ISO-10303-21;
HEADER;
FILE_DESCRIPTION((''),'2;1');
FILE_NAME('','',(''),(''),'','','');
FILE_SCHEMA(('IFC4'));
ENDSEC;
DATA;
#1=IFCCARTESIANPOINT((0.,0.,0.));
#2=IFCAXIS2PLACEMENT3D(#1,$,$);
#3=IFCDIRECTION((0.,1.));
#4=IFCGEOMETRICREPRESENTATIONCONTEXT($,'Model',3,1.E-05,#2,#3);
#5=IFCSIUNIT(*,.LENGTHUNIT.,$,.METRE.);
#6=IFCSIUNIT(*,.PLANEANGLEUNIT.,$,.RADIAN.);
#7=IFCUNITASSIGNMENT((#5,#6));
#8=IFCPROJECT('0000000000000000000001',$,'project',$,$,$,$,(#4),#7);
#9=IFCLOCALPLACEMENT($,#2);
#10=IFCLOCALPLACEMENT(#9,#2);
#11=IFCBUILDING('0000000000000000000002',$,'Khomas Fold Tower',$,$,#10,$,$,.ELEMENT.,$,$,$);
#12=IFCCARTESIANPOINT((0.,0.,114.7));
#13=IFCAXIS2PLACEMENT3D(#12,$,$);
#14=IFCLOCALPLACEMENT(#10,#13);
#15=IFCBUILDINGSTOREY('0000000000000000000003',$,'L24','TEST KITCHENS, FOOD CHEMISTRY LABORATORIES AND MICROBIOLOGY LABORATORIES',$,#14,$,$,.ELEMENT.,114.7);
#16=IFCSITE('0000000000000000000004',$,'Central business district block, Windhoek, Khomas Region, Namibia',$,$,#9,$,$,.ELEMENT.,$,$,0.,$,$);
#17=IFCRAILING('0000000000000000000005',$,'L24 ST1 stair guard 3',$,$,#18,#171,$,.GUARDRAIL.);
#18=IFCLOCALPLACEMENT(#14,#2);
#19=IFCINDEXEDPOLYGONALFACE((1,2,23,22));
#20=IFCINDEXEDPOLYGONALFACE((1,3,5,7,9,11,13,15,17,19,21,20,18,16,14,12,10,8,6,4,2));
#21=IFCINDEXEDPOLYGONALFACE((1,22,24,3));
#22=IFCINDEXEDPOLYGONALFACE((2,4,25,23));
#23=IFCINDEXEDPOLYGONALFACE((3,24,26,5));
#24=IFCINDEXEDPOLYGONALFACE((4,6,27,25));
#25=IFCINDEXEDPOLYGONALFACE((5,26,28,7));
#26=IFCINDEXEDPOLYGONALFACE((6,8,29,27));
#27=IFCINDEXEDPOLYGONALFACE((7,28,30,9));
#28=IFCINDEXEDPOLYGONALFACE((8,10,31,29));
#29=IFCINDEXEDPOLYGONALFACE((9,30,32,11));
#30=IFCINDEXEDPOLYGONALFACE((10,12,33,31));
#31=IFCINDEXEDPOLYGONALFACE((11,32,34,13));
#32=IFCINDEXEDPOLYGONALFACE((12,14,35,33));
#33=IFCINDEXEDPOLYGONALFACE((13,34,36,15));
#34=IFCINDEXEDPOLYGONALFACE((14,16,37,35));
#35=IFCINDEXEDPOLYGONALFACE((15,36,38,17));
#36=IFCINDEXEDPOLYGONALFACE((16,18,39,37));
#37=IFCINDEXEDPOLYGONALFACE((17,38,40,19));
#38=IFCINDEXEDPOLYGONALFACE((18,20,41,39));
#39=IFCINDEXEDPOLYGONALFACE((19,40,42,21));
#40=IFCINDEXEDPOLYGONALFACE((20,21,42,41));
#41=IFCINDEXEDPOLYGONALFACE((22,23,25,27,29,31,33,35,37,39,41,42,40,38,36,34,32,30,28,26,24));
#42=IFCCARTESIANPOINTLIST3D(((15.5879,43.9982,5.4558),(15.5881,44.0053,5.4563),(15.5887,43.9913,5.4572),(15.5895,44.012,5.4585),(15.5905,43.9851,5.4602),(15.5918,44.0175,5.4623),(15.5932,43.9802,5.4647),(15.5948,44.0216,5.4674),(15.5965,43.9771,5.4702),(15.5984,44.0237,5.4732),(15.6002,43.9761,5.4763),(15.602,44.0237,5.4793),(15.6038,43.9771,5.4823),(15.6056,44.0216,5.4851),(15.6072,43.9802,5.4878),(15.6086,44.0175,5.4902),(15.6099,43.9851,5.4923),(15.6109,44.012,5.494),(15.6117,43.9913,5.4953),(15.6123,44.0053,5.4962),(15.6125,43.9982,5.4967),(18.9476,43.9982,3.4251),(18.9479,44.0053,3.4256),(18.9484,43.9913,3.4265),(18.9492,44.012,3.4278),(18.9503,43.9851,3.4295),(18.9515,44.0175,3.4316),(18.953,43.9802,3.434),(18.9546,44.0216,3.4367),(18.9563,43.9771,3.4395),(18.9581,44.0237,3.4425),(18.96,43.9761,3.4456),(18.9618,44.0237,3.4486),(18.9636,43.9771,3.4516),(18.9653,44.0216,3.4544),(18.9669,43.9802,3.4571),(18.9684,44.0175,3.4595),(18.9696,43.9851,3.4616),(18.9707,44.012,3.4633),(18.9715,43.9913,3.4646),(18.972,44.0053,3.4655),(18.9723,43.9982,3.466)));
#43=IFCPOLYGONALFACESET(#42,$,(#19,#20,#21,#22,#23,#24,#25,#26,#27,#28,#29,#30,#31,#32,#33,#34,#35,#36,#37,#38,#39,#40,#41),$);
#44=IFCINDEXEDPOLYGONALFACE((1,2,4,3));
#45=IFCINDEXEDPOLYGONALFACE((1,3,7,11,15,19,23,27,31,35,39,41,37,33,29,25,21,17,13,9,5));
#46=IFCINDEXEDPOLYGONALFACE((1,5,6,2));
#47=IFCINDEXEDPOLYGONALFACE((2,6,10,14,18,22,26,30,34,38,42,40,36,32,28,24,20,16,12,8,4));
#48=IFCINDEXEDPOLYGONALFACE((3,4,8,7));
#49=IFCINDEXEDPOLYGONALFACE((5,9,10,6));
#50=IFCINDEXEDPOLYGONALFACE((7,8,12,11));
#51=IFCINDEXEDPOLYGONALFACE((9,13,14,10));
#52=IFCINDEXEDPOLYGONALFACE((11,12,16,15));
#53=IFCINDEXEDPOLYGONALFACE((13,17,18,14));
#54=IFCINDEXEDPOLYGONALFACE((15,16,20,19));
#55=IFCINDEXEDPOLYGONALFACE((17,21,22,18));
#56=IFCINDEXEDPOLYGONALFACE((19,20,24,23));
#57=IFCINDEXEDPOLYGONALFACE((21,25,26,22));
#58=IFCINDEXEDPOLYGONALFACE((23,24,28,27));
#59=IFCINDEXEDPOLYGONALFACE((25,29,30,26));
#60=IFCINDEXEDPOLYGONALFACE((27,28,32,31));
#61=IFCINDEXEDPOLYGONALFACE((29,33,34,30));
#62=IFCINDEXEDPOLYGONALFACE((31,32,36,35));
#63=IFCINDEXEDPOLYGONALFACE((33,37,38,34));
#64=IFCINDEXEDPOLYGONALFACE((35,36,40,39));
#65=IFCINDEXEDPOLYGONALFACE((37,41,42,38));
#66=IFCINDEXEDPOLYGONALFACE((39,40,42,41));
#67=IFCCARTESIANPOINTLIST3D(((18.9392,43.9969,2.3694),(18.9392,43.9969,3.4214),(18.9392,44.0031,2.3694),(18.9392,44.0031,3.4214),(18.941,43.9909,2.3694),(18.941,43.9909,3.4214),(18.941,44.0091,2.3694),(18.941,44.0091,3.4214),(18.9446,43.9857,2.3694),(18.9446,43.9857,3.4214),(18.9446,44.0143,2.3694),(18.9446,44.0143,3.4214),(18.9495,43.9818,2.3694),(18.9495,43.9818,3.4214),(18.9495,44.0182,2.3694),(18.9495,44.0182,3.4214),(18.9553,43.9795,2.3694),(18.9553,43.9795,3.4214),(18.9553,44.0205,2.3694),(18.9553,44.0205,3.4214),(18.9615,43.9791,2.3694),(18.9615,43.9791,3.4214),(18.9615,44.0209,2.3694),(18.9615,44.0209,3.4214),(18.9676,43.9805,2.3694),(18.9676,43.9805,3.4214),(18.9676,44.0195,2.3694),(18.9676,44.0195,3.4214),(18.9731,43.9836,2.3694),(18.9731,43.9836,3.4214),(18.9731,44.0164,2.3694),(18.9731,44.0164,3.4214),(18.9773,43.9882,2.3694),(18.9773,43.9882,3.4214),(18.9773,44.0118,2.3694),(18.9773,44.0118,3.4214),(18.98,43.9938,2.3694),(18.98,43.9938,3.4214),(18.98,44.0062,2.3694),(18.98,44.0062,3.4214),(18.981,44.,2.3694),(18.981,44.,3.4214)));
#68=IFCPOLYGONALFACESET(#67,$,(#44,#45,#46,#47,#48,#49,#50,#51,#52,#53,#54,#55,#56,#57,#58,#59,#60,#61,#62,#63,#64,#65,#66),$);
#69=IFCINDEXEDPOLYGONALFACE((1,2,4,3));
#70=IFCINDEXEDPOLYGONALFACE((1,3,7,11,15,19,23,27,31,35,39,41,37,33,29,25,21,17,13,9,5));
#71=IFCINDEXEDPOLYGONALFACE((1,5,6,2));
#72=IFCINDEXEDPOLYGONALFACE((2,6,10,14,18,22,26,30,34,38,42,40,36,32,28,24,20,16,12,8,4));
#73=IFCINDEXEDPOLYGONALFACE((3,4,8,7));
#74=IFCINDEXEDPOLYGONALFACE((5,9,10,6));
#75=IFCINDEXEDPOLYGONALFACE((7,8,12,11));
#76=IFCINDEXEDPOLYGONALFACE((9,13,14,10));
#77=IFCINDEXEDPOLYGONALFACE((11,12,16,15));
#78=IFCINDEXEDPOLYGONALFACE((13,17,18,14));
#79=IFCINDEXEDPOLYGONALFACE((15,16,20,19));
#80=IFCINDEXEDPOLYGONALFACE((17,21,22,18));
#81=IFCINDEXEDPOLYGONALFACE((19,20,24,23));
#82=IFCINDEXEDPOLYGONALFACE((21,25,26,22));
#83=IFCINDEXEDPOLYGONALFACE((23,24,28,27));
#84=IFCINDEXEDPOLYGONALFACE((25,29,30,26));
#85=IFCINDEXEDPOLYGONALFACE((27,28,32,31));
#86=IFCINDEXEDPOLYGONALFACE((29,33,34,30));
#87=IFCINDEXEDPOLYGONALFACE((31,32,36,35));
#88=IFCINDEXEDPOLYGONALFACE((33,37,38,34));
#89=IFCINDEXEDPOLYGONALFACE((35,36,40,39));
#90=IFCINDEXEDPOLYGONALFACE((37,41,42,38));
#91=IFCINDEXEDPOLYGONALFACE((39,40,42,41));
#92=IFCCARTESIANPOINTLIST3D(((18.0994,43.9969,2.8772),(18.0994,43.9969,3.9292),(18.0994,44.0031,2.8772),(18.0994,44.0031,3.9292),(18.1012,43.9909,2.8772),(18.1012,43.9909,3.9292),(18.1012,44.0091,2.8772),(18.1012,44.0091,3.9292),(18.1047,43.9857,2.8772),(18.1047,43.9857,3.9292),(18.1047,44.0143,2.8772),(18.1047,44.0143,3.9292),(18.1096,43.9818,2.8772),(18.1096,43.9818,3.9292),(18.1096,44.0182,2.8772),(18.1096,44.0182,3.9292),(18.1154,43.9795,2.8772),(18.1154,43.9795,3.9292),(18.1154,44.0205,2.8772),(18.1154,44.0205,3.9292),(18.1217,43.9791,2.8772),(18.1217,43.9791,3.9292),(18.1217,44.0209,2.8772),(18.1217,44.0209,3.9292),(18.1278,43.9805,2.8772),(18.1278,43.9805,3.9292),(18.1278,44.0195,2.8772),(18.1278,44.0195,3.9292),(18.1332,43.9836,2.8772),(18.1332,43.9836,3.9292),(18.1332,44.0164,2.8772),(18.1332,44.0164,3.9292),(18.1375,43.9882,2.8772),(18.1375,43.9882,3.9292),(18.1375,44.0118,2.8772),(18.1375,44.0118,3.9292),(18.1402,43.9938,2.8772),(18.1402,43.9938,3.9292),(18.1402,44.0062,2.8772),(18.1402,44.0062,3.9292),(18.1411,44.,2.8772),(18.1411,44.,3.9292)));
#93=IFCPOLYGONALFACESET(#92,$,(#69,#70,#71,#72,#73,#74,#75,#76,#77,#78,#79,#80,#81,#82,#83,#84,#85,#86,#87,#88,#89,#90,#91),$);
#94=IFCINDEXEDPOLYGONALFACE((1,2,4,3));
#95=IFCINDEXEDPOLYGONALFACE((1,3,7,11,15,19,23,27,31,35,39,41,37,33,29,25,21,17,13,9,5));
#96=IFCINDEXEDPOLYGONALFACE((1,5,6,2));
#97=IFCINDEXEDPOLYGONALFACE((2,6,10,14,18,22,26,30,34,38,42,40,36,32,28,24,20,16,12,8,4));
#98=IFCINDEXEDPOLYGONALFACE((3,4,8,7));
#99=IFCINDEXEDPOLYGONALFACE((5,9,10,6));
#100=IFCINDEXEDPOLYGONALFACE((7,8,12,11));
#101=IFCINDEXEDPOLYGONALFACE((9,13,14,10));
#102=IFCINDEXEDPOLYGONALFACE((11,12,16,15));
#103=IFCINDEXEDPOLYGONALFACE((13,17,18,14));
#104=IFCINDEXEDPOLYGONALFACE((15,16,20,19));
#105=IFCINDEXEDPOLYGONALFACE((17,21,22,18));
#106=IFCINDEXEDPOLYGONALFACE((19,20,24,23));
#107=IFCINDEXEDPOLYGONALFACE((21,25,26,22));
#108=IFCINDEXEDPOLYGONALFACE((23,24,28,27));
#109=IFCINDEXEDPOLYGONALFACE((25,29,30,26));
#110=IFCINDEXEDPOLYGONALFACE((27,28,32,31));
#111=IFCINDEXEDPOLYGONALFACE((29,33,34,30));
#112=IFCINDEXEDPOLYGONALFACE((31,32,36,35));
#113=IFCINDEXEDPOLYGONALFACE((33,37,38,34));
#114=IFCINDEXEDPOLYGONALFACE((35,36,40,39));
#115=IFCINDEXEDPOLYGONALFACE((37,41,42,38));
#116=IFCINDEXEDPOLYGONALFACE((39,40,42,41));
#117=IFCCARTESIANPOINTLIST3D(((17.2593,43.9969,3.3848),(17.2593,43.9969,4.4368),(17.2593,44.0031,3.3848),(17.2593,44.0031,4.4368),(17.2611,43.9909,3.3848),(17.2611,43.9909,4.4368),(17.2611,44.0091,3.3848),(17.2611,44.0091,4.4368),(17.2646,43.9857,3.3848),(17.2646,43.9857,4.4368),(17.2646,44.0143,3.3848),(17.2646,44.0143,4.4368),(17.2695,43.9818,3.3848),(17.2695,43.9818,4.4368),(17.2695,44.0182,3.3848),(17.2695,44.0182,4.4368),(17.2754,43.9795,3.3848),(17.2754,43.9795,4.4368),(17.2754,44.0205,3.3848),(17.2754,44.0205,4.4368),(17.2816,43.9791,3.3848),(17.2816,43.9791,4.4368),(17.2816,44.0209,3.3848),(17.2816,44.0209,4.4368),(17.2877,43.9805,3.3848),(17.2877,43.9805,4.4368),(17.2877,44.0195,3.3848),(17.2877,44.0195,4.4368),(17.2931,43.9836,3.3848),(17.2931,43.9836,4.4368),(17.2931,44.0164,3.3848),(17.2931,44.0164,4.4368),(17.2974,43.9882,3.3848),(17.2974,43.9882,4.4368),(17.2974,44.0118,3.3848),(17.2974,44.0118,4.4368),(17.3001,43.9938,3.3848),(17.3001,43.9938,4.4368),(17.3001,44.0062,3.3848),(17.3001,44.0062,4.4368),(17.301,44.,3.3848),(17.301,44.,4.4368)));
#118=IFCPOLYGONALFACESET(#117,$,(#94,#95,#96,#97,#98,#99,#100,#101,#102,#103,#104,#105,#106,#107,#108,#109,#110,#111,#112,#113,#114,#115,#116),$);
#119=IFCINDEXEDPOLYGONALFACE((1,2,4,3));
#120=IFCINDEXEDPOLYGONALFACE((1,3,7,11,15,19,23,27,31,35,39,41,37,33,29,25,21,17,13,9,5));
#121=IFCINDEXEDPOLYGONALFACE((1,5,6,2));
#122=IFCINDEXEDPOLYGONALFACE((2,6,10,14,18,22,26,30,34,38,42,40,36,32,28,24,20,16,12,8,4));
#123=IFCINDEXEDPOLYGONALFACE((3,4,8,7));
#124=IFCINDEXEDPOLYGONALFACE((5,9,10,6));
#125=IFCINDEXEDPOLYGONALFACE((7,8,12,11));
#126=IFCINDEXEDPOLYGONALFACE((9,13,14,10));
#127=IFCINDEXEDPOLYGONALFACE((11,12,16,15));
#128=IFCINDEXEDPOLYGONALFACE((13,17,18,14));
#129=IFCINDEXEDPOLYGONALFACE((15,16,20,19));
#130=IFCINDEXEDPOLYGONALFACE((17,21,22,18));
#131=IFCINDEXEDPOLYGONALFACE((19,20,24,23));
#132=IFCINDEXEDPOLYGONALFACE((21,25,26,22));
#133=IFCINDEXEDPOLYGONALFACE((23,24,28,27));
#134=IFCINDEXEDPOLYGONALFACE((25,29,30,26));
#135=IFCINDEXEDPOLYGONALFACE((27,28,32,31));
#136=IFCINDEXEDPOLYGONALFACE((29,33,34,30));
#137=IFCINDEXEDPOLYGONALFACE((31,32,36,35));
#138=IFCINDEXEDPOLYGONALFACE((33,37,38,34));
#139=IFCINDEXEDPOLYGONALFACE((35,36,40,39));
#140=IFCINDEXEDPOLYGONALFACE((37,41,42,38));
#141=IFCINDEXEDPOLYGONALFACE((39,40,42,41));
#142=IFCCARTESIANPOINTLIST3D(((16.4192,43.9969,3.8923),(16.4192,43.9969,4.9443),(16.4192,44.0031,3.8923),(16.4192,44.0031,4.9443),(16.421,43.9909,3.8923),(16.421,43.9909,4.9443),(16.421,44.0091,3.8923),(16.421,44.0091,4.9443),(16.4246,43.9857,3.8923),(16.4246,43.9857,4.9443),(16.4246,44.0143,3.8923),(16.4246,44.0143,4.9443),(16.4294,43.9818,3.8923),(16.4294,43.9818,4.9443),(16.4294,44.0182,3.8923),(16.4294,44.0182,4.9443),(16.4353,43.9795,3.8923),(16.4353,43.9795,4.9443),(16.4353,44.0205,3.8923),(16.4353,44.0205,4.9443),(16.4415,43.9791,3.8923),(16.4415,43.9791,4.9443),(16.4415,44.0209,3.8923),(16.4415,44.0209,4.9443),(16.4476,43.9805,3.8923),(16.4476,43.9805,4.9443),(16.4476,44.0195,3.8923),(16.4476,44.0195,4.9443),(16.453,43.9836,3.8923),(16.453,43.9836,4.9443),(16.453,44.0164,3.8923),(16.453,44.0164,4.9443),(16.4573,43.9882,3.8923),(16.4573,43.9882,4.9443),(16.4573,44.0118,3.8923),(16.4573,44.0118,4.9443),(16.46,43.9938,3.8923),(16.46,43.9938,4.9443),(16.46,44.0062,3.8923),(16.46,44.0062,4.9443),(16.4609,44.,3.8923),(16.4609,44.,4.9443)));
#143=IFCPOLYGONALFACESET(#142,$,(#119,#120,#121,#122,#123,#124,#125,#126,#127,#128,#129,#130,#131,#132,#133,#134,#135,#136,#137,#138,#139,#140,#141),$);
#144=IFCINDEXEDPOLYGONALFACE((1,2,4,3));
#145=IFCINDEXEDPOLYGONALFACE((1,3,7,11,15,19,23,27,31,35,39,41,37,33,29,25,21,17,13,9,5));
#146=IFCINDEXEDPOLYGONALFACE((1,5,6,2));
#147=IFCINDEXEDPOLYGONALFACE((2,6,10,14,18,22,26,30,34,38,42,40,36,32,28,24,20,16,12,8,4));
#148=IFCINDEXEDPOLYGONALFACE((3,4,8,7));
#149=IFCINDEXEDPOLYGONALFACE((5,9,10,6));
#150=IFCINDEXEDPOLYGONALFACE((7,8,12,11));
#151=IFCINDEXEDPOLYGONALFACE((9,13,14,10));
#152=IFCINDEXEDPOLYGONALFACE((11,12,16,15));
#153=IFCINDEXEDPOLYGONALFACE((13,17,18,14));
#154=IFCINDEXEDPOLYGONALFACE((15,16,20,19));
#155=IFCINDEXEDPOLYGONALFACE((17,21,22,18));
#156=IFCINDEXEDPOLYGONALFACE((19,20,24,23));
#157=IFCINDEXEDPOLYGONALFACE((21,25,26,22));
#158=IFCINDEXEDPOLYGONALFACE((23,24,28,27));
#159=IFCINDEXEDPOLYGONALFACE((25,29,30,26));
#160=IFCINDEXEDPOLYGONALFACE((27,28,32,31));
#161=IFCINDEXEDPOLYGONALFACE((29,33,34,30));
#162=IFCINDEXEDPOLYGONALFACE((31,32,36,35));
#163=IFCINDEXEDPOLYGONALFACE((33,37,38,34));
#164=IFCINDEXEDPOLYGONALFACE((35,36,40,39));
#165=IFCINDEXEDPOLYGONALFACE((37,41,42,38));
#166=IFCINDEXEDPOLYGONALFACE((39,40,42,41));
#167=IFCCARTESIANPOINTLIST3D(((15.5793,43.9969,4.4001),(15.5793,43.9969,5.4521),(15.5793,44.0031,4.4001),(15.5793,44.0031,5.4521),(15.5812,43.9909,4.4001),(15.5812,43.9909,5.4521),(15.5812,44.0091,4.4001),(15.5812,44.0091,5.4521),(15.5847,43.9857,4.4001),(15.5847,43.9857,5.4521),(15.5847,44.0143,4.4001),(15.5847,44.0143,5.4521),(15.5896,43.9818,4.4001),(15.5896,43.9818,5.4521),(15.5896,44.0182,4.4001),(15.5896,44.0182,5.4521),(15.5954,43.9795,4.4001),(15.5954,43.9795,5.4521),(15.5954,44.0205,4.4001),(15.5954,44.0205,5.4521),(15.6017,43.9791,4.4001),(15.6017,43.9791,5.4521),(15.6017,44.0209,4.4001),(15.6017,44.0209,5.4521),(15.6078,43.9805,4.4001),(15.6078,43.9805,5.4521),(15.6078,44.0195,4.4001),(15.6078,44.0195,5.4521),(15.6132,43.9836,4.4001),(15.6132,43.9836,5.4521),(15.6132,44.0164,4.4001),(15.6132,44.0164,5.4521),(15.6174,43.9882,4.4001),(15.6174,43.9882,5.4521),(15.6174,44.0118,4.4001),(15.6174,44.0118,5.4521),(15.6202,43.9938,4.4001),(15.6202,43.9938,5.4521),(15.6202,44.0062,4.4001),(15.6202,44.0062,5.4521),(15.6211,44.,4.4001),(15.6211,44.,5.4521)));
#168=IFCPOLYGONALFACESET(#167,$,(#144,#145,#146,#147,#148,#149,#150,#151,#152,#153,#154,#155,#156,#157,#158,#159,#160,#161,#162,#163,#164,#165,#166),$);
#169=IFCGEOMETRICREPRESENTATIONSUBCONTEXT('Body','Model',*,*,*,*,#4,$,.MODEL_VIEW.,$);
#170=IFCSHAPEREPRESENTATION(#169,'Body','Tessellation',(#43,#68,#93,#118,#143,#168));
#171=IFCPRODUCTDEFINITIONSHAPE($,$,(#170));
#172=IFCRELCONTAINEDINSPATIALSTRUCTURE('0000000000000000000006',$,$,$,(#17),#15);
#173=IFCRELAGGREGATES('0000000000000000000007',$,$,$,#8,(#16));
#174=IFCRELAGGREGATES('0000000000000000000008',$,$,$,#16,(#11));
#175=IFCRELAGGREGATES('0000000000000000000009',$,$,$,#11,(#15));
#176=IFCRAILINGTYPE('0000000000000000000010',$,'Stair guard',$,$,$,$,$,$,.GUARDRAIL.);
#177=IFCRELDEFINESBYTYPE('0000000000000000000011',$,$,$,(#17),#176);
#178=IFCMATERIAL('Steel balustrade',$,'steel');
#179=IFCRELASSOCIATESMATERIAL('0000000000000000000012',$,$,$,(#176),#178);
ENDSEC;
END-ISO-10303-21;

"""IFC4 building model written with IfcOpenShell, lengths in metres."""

from ifc_helpers import new_model, si_unit, direction, frame, origin, origin_2d, place, context, subcontext, project, spatial, circle, extrude, source, transform, mapped, material, type_object, element, save


model = new_model("IFC4")

# Units and contexts
model_context = context("Model", 3, precision=1e-05, world=origin(), true_north=direction((0.0, 1.0)))
body_context = subcontext(model_context, "Body", "Model", "MODEL_VIEW")
ifc_project = project(units=[si_unit("LENGTHUNIT", "METRE"), si_unit("PLANEANGLEUNIT", "RADIAN")], contexts=[model_context])

# Site, building, storey
site_placement = place(None, origin())
site = spatial("IfcSite", under=ifc_project, at=site_placement, Name="Central business district block, Windhoek, Khomas Region, Namibia", CompositionType="ELEMENT", RefElevation=0.0)
building_placement = place(site_placement, origin())
building = spatial("IfcBuilding", under=site, at=building_placement, Name="Khomas Fold Tower", CompositionType="ELEMENT")
storey_placement = place(building_placement, frame((0.0, 0.0, 114.7)))
storey = spatial("IfcBuildingStorey", under=building, at=storey_placement, Name="L24", Description="TEST KITCHENS, FOOD CHEMISTRY LABORATORIES AND MICROBIOLOGY LABORATORIES", CompositionType="ELEMENT", Elevation=114.7)

# Railing
ifc_material_1 = material(Name="Steel balustrade", Category="steel")
railing_type_1 = type_object("IfcRailingType", Name="Stair guard", PredefinedType="GUARDRAIL", material=ifc_material_1)
shared_shape_1 = source(origin(), body_context, "Body", "SweptSolid", [
    extrude(circle(Radius=0.0239, at=origin_2d()), frame((0.0, 0.0, 1.0762), z_axis=(-0.85582, 0.0, 0.517273), x_axis=(0.0, -1.0, 0.0)), (0.0, 0.0, 1.0), 3.9258),
    extrude(circle(Radius=0.021, at=origin_2d()), origin(), (0.0, 0.0, 1.0), 1.052),
    extrude(circle(Radius=0.021, at=origin_2d()), frame((-0.8398, 0.0, 0.5078)), (0.0, 0.0, 1.0), 1.052),
    extrude(circle(Radius=0.021, at=origin_2d()), frame((-1.6799, 0.0, 1.0154)), (0.0, 0.0, 1.0), 1.052),
    extrude(circle(Radius=0.021, at=origin_2d()), frame((-2.52, 0.0, 1.5229)), (0.0, 0.0, 1.0), 1.052),
    extrude(circle(Radius=0.021, at=origin_2d()), frame((-3.3599, 0.0, 2.0308)), (0.0, 0.0, 1.0), 1.052),
])
railing_1_placement = place(storey_placement, frame((18.96, 44.0, 2.3694)))
element("IfcRailing", 1, at=railing_1_placement, inside=storey, type_object=railing_type_1, Name="L24 ST1 stair guard 3", PredefinedType="GUARDRAIL", context=body_context, shape_type="MappedRepresentation", body=[
    mapped(shared_shape_1, transform((0.0, 0.0, 0.0))),
])

save(model, "model.ifc")
